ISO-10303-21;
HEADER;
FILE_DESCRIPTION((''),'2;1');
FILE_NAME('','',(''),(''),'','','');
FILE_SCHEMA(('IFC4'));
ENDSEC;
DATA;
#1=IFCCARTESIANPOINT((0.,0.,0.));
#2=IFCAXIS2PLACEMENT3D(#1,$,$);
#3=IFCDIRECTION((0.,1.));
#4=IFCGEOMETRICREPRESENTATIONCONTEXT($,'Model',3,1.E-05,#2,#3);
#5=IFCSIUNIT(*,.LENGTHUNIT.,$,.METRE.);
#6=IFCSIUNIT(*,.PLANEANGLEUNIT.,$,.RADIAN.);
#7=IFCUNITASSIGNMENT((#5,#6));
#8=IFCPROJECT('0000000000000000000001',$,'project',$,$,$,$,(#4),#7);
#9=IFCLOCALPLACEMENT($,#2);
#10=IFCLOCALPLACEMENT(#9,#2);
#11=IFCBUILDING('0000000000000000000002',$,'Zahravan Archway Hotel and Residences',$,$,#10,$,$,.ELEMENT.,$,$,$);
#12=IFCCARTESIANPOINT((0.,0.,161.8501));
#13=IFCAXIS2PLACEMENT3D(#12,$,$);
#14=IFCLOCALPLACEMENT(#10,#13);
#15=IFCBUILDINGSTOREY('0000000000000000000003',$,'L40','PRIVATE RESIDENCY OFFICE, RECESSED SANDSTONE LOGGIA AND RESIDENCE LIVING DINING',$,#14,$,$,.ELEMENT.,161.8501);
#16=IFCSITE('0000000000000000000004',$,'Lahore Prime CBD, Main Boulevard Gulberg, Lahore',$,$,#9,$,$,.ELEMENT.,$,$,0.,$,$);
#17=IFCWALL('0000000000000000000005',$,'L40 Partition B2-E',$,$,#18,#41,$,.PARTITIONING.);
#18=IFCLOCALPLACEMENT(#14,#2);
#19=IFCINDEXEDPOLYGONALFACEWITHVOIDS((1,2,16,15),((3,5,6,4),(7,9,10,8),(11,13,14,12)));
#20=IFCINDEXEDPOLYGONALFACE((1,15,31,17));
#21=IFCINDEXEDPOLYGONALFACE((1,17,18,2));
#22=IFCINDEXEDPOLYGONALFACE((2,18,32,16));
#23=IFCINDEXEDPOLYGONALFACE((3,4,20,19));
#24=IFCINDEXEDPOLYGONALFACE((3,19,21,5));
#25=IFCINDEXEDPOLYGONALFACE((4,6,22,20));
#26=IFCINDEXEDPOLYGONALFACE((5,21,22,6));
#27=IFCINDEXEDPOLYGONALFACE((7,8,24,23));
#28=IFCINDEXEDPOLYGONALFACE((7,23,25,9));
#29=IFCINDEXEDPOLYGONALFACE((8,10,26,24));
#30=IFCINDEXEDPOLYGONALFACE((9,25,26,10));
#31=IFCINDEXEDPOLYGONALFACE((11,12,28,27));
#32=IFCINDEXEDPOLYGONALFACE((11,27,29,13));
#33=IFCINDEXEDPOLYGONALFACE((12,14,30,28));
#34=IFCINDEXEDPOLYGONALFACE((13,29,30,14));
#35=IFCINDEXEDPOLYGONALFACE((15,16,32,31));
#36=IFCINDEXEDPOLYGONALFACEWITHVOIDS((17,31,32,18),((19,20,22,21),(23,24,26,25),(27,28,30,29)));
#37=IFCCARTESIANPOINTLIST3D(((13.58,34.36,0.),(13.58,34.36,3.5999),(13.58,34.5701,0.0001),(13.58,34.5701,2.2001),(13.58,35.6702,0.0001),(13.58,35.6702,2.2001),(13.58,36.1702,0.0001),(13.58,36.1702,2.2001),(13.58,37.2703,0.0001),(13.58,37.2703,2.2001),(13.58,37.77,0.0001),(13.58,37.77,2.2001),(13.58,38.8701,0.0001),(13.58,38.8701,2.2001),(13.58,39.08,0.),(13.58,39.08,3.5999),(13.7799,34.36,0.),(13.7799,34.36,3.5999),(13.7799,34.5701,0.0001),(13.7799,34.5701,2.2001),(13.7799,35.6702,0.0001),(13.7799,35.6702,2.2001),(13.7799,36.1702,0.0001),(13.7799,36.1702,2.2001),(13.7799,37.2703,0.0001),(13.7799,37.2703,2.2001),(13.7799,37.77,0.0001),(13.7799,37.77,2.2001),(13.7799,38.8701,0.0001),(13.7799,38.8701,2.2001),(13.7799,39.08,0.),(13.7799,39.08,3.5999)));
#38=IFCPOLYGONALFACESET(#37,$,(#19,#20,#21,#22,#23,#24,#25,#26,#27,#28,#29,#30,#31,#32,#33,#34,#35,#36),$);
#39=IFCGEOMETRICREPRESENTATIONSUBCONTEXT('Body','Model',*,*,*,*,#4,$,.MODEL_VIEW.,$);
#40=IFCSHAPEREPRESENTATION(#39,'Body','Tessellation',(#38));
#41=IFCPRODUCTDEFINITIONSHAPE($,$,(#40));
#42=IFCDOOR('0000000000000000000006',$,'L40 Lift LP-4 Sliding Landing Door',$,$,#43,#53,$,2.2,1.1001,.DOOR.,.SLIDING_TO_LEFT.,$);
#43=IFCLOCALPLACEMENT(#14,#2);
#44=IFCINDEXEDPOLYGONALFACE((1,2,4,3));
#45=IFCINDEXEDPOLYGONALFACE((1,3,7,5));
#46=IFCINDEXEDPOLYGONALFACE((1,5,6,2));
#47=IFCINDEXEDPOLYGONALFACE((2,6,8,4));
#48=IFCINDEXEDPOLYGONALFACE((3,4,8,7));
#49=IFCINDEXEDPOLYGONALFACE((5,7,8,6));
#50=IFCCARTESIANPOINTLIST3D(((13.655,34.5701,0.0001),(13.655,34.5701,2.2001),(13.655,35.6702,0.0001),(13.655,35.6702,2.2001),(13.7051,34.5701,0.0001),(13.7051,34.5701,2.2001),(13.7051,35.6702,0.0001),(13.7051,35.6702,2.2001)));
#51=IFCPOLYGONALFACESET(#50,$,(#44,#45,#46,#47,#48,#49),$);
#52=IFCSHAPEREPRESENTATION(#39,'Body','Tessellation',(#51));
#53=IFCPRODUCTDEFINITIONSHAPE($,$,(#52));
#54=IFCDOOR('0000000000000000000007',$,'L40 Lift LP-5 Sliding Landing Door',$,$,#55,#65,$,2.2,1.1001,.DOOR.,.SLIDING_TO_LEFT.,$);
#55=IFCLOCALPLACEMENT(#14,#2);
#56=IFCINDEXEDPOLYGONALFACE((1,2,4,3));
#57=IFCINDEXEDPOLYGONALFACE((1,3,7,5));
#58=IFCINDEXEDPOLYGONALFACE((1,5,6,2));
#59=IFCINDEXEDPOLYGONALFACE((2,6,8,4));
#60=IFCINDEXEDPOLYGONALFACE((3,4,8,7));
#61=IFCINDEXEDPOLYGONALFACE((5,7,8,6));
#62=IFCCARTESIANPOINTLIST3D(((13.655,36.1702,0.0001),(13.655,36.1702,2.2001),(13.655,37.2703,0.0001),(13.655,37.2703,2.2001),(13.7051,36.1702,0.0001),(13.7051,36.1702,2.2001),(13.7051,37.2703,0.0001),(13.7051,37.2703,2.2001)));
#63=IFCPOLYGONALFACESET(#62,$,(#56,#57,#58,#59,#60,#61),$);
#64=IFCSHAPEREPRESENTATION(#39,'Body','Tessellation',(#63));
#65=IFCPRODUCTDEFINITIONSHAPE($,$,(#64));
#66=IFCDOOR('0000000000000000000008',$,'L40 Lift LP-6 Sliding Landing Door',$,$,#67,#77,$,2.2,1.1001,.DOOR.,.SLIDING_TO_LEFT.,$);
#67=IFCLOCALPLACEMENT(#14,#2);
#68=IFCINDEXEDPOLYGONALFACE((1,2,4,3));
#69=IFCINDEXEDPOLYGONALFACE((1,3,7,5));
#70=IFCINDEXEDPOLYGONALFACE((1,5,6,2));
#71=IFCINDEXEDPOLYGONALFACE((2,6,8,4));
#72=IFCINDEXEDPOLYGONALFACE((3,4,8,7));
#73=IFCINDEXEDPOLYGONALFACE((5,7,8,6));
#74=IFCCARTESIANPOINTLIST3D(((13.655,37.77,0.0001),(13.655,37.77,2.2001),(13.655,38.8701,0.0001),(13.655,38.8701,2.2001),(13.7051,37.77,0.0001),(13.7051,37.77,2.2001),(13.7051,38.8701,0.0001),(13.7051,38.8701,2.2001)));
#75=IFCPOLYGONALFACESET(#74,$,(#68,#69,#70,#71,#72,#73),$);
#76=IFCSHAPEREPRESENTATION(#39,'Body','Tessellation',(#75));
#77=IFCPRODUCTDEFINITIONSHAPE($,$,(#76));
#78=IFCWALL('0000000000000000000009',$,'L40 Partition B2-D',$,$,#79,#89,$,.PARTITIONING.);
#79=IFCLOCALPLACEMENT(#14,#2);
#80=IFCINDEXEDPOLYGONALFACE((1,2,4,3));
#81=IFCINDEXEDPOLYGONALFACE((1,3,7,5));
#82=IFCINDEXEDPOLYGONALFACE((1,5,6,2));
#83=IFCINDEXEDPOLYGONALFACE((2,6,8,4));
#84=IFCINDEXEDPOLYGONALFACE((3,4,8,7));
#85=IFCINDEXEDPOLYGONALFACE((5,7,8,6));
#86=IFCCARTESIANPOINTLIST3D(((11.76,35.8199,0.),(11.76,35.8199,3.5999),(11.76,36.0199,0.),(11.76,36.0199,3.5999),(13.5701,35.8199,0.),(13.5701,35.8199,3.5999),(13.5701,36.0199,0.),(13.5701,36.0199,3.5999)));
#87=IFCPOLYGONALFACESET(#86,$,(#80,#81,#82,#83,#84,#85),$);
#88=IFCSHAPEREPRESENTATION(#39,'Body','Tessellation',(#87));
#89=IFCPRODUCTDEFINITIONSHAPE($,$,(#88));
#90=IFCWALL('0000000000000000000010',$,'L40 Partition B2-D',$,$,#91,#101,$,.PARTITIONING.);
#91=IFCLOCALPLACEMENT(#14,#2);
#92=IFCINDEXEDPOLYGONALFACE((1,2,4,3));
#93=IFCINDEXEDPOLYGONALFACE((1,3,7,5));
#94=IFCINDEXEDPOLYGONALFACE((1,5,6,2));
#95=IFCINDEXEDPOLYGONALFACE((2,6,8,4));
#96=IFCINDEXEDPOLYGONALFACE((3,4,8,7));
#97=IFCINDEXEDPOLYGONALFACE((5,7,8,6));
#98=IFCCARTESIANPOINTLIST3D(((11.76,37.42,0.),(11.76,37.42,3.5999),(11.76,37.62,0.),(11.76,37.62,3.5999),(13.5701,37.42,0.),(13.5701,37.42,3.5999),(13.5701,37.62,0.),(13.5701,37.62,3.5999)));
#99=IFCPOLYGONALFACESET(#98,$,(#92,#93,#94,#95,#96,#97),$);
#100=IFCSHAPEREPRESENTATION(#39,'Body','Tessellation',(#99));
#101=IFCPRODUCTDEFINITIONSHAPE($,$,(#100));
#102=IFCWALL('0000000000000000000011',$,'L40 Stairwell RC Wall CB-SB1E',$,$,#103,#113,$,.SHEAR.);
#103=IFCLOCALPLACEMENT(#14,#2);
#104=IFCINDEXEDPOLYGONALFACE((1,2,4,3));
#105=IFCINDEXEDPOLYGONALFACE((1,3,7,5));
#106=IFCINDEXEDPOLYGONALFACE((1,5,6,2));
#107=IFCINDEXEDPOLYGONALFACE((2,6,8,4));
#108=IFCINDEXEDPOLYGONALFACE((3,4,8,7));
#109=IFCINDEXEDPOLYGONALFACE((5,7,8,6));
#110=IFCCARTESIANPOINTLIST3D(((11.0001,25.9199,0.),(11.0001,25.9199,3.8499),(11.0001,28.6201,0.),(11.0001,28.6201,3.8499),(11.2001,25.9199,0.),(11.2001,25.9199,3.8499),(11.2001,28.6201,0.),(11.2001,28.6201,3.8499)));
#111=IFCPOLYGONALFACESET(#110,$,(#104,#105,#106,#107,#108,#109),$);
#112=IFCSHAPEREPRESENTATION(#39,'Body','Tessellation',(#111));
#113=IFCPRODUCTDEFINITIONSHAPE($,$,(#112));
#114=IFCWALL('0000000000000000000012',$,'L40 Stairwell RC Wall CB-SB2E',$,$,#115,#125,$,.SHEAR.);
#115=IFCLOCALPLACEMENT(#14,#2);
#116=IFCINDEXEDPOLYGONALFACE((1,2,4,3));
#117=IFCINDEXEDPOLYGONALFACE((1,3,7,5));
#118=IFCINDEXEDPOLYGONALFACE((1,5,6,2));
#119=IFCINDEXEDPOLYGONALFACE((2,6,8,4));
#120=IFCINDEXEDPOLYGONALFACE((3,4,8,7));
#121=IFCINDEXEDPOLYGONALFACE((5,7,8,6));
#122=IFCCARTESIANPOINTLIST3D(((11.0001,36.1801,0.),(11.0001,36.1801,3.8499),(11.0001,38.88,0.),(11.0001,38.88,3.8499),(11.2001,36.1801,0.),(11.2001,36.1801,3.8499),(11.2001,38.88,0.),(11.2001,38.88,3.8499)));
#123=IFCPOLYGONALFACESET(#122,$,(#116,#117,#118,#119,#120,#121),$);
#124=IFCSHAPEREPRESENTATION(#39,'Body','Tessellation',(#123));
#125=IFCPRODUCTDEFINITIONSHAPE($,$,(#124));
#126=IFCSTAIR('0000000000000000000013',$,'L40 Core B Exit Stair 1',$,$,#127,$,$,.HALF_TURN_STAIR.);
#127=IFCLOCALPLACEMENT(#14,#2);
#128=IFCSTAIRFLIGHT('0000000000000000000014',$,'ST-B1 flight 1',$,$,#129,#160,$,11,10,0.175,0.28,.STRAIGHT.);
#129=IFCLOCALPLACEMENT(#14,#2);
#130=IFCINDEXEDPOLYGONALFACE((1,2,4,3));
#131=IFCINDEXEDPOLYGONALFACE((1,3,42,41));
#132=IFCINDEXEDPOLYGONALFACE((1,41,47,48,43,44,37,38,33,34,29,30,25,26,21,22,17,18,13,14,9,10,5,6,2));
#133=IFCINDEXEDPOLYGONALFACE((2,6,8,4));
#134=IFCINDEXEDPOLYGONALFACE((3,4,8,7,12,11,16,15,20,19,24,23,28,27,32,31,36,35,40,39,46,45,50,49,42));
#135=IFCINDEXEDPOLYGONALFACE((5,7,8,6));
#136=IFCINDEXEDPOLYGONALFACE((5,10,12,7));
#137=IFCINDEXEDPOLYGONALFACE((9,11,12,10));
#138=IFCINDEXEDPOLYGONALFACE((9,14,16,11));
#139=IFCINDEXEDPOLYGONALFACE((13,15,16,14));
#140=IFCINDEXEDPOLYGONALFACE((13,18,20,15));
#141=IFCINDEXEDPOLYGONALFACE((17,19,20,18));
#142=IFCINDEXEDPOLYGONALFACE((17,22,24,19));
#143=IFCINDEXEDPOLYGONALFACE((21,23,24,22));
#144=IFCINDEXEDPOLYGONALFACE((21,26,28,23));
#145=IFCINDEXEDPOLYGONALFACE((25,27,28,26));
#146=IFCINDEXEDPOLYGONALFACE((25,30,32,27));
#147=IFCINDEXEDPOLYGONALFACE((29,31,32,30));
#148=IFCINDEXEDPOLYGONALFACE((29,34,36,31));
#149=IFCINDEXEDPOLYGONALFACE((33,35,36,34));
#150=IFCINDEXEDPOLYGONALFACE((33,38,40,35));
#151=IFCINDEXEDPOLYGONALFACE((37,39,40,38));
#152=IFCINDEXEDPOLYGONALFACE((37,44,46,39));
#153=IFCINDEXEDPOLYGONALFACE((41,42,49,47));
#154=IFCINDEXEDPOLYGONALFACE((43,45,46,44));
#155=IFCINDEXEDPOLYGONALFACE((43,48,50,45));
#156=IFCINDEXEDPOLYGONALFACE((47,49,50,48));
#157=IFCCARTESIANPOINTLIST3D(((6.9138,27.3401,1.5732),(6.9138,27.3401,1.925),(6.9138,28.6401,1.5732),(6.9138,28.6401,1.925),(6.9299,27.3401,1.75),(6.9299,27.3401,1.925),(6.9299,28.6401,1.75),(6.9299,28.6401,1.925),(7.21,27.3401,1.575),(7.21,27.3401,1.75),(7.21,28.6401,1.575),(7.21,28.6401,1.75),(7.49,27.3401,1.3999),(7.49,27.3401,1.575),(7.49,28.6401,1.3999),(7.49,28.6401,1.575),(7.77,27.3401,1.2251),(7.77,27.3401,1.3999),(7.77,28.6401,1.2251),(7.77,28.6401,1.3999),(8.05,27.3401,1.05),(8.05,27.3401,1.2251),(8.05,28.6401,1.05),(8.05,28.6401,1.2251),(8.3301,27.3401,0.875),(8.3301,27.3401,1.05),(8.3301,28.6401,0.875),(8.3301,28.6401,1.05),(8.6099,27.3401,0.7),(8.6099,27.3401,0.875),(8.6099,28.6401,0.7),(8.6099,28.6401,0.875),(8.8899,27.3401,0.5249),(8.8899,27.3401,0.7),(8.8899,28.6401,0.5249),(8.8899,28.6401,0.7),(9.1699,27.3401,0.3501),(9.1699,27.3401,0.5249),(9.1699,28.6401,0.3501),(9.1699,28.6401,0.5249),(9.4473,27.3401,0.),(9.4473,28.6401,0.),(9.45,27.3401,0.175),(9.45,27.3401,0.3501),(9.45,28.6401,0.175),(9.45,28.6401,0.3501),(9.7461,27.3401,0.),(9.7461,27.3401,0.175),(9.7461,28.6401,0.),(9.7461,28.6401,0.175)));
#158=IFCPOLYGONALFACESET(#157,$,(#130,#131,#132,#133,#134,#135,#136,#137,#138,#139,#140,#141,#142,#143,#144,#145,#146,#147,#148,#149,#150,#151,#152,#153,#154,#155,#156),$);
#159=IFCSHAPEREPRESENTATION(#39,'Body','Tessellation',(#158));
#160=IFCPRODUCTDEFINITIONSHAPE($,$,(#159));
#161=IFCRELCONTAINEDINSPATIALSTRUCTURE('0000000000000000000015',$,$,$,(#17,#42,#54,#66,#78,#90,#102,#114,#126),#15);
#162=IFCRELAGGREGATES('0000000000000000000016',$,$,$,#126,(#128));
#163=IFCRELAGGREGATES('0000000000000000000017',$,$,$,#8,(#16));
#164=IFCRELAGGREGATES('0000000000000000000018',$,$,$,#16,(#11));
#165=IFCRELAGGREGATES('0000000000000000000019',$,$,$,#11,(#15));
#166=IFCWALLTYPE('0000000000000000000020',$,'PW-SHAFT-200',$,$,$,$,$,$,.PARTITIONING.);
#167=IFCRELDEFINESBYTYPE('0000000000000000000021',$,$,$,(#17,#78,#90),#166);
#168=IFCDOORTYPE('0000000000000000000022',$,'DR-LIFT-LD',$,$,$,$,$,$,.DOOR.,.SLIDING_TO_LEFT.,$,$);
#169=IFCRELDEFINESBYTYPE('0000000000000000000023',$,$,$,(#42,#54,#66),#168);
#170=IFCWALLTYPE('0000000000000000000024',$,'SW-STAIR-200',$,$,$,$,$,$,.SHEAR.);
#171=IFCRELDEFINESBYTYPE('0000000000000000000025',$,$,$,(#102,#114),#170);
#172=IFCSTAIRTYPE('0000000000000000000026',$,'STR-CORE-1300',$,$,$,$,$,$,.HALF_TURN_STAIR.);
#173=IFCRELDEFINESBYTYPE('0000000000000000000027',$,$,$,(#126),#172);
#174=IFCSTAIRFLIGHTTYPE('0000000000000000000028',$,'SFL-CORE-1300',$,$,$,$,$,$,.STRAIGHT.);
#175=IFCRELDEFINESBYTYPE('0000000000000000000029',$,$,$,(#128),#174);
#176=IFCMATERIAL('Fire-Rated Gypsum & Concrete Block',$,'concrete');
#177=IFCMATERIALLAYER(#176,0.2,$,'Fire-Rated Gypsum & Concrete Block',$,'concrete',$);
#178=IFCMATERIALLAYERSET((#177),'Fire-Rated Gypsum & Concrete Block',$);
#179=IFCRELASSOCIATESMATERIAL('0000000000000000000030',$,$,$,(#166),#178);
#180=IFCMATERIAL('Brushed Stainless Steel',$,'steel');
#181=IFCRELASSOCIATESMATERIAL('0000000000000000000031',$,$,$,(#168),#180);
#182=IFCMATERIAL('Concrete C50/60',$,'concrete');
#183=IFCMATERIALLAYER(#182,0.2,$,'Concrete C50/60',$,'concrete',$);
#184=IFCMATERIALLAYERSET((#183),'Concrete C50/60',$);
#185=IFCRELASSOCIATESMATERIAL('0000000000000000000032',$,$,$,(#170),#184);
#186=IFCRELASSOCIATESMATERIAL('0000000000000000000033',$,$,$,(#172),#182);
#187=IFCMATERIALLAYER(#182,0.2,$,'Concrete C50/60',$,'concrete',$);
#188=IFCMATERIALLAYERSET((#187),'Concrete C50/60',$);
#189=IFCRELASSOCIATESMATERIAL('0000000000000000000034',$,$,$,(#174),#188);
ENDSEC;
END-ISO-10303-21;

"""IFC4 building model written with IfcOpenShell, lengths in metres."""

from ifc_helpers import new_model, si_unit, direction, frame, frame_2d, origin, place, context, subcontext, project, spatial, polyline, rectangle, outline, extrude, source, transform, mapped, material, layer, layer_set, type_object, type_shapes, element, fill, aggregate, save


model = new_model("IFC4")

# Units and contexts
model_context = context("Model", 3, precision=1e-05, world=origin(), true_north=direction((0.0, 1.0)))
body_context = subcontext(model_context, "Body", "Model", "MODEL_VIEW")
ifc_project = project(units=[si_unit("LENGTHUNIT", "METRE"), si_unit("PLANEANGLEUNIT", "RADIAN")], contexts=[model_context])

# Site, building, storey
site_placement = place(None, origin())
site = spatial("IfcSite", under=ifc_project, at=site_placement, Name="Lahore Prime CBD, Main Boulevard Gulberg, Lahore", CompositionType="ELEMENT", RefElevation=0.0)
building_placement = place(site_placement, origin())
building = spatial("IfcBuilding", under=site, at=building_placement, Name="Zahravan Archway Hotel and Residences", CompositionType="ELEMENT")
storey_placement = place(building_placement, frame((0.0, 0.0, 161.8501)))
storey = spatial("IfcBuildingStorey", under=building, at=storey_placement, Name="L40", Description="PRIVATE RESIDENCY OFFICE, RECESSED SANDSTONE LOGGIA AND RESIDENCE LIVING DINING", CompositionType="ELEMENT", Elevation=161.8501)

# Shared definitions
ifc_material_1 = material(Name="Fire-Rated Gypsum & Concrete Block", Category="concrete")
ifc_layer_1 = layer(ifc_material_1, 0.2, Name="Fire-Rated Gypsum & Concrete Block", Category="concrete")
ifc_layer_set_1 = layer_set([ifc_layer_1], Name="Fire-Rated Gypsum & Concrete Block")
wall_type_1 = type_object("IfcWallType", Name="PW-SHAFT-200", PredefinedType="PARTITIONING", material=ifc_layer_set_1)

# Wall, openings, doors
wall_1_placement = place(storey_placement, frame((13.6799, 34.3601, 0.0), z_axis=(0.0, 0.0, 1.0), x_axis=(0.0, 1.0, 0.0)))
wall_1 = element("IfcWall", 1, at=wall_1_placement, inside=storey, type_object=wall_type_1, Name="L40 Partition B2-E", PredefinedType="PARTITIONING", context=body_context, shape_type="SweptSolid", body=[
    extrude(rectangle(XDim=4.72, YDim=0.2, at=frame_2d((2.3599, 0.0))), origin(), (0.0, 0.0, 1.0), 3.5999),
])
opening_1_placement = place(wall_1_placement, frame((0.21, 0.0, 0.0)))
opening_1 = element("IfcOpeningElement", 2, at=opening_1_placement, cuts=wall_1, PredefinedType="OPENING", context=body_context, shape_type="SweptSolid", body=[
    extrude(rectangle(XDim=1.1001, YDim=2.2, at=frame_2d((0.55, 1.1001))), frame((0.0, 0.1099, 0.0), z_axis=(0.0, -1.0, 0.0), x_axis=(1.0, 0.0, 0.0)), (0.0, 0.0, 1.0), 0.22),
])
opening_2_placement = place(wall_1_placement, frame((1.8101, 0.0, 0.0)))
opening_2 = element("IfcOpeningElement", 3, at=opening_2_placement, cuts=wall_1, PredefinedType="OPENING", context=body_context, shape_type="SweptSolid", body=[
    extrude(rectangle(XDim=1.1001, YDim=2.2, at=frame_2d((0.55, 1.1001))), frame((0.0, 0.1099, 0.0), z_axis=(0.0, -1.0, 0.0), x_axis=(1.0, 0.0, 0.0)), (0.0, 0.0, 1.0), 0.22),
])
opening_3_placement = place(wall_1_placement, frame((3.4099, 0.0, 0.0)))
opening_3 = element("IfcOpeningElement", 4, at=opening_3_placement, cuts=wall_1, PredefinedType="OPENING", context=body_context, shape_type="SweptSolid", body=[
    extrude(rectangle(XDim=1.1001, YDim=2.2, at=frame_2d((0.55, 1.1001))), frame((0.0, 0.1099, 0.0), z_axis=(0.0, -1.0, 0.0), x_axis=(1.0, 0.0, 0.0)), (0.0, 0.0, 1.0), 0.22),
])
ifc_material_2 = material(Name="Brushed Stainless Steel", Category="steel")
door_type_1 = type_object("IfcDoorType", Name="DR-LIFT-LD", OperationType="SLIDING_TO_LEFT", PredefinedType="DOOR", material=ifc_material_2)
shared_shape_1 = source(origin(), body_context, "Body", "SweptSolid", [
    extrude(rectangle(XDim=1.1001, YDim=2.2, at=frame_2d((0.55, 1.1001))), frame((0.0, 0.0249, 0.0), z_axis=(0.0, -1.0, 0.0), x_axis=(1.0, 0.0, 0.0)), (0.0, 0.0, 1.0), 0.05),
])
type_shapes(door_type_1, [shared_shape_1])
door_1_placement = place(opening_1_placement, origin())
door_1 = element("IfcDoor", 5, at=door_1_placement, inside=storey, type_object=door_type_1, Name="L40 Lift LP-4 Sliding Landing Door", OperationType="SLIDING_TO_LEFT", OverallHeight=2.2, OverallWidth=1.1001, PredefinedType="DOOR", context=body_context, shape_type="MappedRepresentation", body=[
    mapped(shared_shape_1, transform((0.0, 0.0, 0.0), scale=1.0)),
])
fill(opening_1, door_1)
door_2_placement = place(opening_2_placement, origin())
door_2 = element("IfcDoor", 6, at=door_2_placement, inside=storey, type_object=door_type_1, Name="L40 Lift LP-5 Sliding Landing Door", OperationType="SLIDING_TO_LEFT", OverallHeight=2.2, OverallWidth=1.1001, PredefinedType="DOOR", context=body_context, shape_type="MappedRepresentation", body=[
    mapped(shared_shape_1, transform((0.0, 0.0, 0.0), scale=1.0)),
])
fill(opening_2, door_2)
door_3_placement = place(opening_3_placement, origin())
door_3 = element("IfcDoor", 7, at=door_3_placement, inside=storey, type_object=door_type_1, Name="L40 Lift LP-6 Sliding Landing Door", OperationType="SLIDING_TO_LEFT", OverallHeight=2.2, OverallWidth=1.1001, PredefinedType="DOOR", context=body_context, shape_type="MappedRepresentation", body=[
    mapped(shared_shape_1, transform((0.0, 0.0, 0.0), scale=1.0)),
])
fill(opening_3, door_3)

# Walls
for number, where, z_axis, x_axis, name in (
    (8, (11.76, 35.9199, 0.0), (0.0, 0.0, 1.0), (1.0, 0.0, 0.0), "L40 Partition B2-D"),
    (9, (11.76, 37.52, 0.0), (0.0, 0.0, 1.0), (1.0, 0.0, 0.0), "L40 Partition B2-D"),
):
    element("IfcWall", number, at=place(storey_placement, frame(where, z_axis=z_axis, x_axis=x_axis)), inside=storey, type_object=wall_type_1, Name=name, PredefinedType="PARTITIONING", context=body_context, shape_type="SweptSolid", body=[
        extrude(rectangle(XDim=1.8101, YDim=0.2, at=frame_2d((0.905, 0.0))), origin(), (0.0, 0.0, 1.0), 3.5999),
    ])

# Walls
ifc_material_3 = material(Name="Concrete C50/60", Category="concrete")
ifc_layer_2 = layer(ifc_material_3, 0.2, Name="Concrete C50/60", Category="concrete")
ifc_layer_set_2 = layer_set([ifc_layer_2], Name="Concrete C50/60")
wall_type_2 = type_object("IfcWallType", Name="SW-STAIR-200", PredefinedType="SHEAR", material=ifc_layer_set_2)
wall_2_placement = place(storey_placement, frame((11.1001, 25.9199, 0.0), z_axis=(0.0, 0.0, 1.0), x_axis=(0.0, 1.0, 0.0)))
element("IfcWall", 10, at=wall_2_placement, inside=storey, type_object=wall_type_2, Name="L40 Stairwell RC Wall CB-SB1E", PredefinedType="SHEAR", context=body_context, shape_type="SweptSolid", body=[
    extrude(rectangle(XDim=2.7002, YDim=0.2, at=frame_2d((1.3501, 0.0))), origin(), (0.0, 0.0, 1.0), 3.8499),
])
wall_3_placement = place(storey_placement, frame((11.1001, 36.1799, 0.0), z_axis=(0.0, 0.0, 1.0), x_axis=(0.0, 1.0, 0.0)))
element("IfcWall", 11, at=wall_3_placement, inside=storey, type_object=wall_type_2, Name="L40 Stairwell RC Wall CB-SB2E", PredefinedType="SHEAR", context=body_context, shape_type="SweptSolid", body=[
    extrude(rectangle(XDim=2.7, YDim=0.2, at=frame_2d((1.3501, 0.0))), origin(), (0.0, 0.0, 1.0), 3.8499),
])

# Stair, stair flight
stair_type = type_object("IfcStairType", Name="STR-CORE-1300", PredefinedType="HALF_TURN_STAIR", material=ifc_material_3)
stair_placement = place(storey_placement, origin())
stair = element("IfcStair", 12, at=stair_placement, inside=storey, type_object=stair_type, Name="L40 Core B Exit Stair 1", PredefinedType="HALF_TURN_STAIR")
ifc_layer_3 = layer(ifc_material_3, 0.2, Name="Concrete C50/60", Category="concrete")
ifc_layer_set_3 = layer_set([ifc_layer_3], Name="Concrete C50/60")
stair_flight_type = type_object("IfcStairFlightType", Name="SFL-CORE-1300", PredefinedType="STRAIGHT", material=ifc_layer_set_3)
shared_shape_2 = source(origin(), body_context, "Body", "SweptSolid", [
    extrude(outline(polyline([(-0.0161, 0.0), (-0.0161, 0.175), (0.28, 0.175), (0.28, 0.3501), (0.5601, 0.3501), (0.5601, 0.5249), (0.8401, 0.5249), (0.8401, 0.7), (1.1201, 0.7), (1.1201, 0.875), (1.3999, 0.875), (1.3999, 1.05), (1.6799, 1.05), (1.6799, 1.2251), (1.96, 1.2251), (1.96, 1.3999), (2.24, 1.3999), (2.24, 1.575), (2.52, 1.575), (2.52, 1.75), (2.8, 1.75), (2.8, 1.925), (2.8162, 1.925), (2.8162, 1.5732), (0.2827, 0.0), (-0.0161, 0.0)])), frame((0.0, 0.6499, 0.0), z_axis=(0.0, -1.0, 0.0), x_axis=(1.0, 0.0, 0.0)), (0.0, 0.0, 1.0), 1.3),
])
stair_flight_placement = place(storey_placement, frame((9.73, 27.99, 0.0), z_axis=(0.0, 0.0, 1.0), x_axis=(-1.0, 0.0, 0.0)))
stair_flight = element("IfcStairFlight", 13, at=stair_flight_placement, type_object=stair_flight_type, Name="ST-B1 flight 1", NumberOfRisers=11, NumberOfTreads=10, PredefinedType="STRAIGHT", RiserHeight=0.175, TreadLength=0.28, context=body_context, shape_type="MappedRepresentation", body=[
    mapped(shared_shape_2, transform((0.0, 0.0, 0.0), scale=1.0)),
])
aggregate(stair, [stair_flight])

save(model, "model.ifc")
